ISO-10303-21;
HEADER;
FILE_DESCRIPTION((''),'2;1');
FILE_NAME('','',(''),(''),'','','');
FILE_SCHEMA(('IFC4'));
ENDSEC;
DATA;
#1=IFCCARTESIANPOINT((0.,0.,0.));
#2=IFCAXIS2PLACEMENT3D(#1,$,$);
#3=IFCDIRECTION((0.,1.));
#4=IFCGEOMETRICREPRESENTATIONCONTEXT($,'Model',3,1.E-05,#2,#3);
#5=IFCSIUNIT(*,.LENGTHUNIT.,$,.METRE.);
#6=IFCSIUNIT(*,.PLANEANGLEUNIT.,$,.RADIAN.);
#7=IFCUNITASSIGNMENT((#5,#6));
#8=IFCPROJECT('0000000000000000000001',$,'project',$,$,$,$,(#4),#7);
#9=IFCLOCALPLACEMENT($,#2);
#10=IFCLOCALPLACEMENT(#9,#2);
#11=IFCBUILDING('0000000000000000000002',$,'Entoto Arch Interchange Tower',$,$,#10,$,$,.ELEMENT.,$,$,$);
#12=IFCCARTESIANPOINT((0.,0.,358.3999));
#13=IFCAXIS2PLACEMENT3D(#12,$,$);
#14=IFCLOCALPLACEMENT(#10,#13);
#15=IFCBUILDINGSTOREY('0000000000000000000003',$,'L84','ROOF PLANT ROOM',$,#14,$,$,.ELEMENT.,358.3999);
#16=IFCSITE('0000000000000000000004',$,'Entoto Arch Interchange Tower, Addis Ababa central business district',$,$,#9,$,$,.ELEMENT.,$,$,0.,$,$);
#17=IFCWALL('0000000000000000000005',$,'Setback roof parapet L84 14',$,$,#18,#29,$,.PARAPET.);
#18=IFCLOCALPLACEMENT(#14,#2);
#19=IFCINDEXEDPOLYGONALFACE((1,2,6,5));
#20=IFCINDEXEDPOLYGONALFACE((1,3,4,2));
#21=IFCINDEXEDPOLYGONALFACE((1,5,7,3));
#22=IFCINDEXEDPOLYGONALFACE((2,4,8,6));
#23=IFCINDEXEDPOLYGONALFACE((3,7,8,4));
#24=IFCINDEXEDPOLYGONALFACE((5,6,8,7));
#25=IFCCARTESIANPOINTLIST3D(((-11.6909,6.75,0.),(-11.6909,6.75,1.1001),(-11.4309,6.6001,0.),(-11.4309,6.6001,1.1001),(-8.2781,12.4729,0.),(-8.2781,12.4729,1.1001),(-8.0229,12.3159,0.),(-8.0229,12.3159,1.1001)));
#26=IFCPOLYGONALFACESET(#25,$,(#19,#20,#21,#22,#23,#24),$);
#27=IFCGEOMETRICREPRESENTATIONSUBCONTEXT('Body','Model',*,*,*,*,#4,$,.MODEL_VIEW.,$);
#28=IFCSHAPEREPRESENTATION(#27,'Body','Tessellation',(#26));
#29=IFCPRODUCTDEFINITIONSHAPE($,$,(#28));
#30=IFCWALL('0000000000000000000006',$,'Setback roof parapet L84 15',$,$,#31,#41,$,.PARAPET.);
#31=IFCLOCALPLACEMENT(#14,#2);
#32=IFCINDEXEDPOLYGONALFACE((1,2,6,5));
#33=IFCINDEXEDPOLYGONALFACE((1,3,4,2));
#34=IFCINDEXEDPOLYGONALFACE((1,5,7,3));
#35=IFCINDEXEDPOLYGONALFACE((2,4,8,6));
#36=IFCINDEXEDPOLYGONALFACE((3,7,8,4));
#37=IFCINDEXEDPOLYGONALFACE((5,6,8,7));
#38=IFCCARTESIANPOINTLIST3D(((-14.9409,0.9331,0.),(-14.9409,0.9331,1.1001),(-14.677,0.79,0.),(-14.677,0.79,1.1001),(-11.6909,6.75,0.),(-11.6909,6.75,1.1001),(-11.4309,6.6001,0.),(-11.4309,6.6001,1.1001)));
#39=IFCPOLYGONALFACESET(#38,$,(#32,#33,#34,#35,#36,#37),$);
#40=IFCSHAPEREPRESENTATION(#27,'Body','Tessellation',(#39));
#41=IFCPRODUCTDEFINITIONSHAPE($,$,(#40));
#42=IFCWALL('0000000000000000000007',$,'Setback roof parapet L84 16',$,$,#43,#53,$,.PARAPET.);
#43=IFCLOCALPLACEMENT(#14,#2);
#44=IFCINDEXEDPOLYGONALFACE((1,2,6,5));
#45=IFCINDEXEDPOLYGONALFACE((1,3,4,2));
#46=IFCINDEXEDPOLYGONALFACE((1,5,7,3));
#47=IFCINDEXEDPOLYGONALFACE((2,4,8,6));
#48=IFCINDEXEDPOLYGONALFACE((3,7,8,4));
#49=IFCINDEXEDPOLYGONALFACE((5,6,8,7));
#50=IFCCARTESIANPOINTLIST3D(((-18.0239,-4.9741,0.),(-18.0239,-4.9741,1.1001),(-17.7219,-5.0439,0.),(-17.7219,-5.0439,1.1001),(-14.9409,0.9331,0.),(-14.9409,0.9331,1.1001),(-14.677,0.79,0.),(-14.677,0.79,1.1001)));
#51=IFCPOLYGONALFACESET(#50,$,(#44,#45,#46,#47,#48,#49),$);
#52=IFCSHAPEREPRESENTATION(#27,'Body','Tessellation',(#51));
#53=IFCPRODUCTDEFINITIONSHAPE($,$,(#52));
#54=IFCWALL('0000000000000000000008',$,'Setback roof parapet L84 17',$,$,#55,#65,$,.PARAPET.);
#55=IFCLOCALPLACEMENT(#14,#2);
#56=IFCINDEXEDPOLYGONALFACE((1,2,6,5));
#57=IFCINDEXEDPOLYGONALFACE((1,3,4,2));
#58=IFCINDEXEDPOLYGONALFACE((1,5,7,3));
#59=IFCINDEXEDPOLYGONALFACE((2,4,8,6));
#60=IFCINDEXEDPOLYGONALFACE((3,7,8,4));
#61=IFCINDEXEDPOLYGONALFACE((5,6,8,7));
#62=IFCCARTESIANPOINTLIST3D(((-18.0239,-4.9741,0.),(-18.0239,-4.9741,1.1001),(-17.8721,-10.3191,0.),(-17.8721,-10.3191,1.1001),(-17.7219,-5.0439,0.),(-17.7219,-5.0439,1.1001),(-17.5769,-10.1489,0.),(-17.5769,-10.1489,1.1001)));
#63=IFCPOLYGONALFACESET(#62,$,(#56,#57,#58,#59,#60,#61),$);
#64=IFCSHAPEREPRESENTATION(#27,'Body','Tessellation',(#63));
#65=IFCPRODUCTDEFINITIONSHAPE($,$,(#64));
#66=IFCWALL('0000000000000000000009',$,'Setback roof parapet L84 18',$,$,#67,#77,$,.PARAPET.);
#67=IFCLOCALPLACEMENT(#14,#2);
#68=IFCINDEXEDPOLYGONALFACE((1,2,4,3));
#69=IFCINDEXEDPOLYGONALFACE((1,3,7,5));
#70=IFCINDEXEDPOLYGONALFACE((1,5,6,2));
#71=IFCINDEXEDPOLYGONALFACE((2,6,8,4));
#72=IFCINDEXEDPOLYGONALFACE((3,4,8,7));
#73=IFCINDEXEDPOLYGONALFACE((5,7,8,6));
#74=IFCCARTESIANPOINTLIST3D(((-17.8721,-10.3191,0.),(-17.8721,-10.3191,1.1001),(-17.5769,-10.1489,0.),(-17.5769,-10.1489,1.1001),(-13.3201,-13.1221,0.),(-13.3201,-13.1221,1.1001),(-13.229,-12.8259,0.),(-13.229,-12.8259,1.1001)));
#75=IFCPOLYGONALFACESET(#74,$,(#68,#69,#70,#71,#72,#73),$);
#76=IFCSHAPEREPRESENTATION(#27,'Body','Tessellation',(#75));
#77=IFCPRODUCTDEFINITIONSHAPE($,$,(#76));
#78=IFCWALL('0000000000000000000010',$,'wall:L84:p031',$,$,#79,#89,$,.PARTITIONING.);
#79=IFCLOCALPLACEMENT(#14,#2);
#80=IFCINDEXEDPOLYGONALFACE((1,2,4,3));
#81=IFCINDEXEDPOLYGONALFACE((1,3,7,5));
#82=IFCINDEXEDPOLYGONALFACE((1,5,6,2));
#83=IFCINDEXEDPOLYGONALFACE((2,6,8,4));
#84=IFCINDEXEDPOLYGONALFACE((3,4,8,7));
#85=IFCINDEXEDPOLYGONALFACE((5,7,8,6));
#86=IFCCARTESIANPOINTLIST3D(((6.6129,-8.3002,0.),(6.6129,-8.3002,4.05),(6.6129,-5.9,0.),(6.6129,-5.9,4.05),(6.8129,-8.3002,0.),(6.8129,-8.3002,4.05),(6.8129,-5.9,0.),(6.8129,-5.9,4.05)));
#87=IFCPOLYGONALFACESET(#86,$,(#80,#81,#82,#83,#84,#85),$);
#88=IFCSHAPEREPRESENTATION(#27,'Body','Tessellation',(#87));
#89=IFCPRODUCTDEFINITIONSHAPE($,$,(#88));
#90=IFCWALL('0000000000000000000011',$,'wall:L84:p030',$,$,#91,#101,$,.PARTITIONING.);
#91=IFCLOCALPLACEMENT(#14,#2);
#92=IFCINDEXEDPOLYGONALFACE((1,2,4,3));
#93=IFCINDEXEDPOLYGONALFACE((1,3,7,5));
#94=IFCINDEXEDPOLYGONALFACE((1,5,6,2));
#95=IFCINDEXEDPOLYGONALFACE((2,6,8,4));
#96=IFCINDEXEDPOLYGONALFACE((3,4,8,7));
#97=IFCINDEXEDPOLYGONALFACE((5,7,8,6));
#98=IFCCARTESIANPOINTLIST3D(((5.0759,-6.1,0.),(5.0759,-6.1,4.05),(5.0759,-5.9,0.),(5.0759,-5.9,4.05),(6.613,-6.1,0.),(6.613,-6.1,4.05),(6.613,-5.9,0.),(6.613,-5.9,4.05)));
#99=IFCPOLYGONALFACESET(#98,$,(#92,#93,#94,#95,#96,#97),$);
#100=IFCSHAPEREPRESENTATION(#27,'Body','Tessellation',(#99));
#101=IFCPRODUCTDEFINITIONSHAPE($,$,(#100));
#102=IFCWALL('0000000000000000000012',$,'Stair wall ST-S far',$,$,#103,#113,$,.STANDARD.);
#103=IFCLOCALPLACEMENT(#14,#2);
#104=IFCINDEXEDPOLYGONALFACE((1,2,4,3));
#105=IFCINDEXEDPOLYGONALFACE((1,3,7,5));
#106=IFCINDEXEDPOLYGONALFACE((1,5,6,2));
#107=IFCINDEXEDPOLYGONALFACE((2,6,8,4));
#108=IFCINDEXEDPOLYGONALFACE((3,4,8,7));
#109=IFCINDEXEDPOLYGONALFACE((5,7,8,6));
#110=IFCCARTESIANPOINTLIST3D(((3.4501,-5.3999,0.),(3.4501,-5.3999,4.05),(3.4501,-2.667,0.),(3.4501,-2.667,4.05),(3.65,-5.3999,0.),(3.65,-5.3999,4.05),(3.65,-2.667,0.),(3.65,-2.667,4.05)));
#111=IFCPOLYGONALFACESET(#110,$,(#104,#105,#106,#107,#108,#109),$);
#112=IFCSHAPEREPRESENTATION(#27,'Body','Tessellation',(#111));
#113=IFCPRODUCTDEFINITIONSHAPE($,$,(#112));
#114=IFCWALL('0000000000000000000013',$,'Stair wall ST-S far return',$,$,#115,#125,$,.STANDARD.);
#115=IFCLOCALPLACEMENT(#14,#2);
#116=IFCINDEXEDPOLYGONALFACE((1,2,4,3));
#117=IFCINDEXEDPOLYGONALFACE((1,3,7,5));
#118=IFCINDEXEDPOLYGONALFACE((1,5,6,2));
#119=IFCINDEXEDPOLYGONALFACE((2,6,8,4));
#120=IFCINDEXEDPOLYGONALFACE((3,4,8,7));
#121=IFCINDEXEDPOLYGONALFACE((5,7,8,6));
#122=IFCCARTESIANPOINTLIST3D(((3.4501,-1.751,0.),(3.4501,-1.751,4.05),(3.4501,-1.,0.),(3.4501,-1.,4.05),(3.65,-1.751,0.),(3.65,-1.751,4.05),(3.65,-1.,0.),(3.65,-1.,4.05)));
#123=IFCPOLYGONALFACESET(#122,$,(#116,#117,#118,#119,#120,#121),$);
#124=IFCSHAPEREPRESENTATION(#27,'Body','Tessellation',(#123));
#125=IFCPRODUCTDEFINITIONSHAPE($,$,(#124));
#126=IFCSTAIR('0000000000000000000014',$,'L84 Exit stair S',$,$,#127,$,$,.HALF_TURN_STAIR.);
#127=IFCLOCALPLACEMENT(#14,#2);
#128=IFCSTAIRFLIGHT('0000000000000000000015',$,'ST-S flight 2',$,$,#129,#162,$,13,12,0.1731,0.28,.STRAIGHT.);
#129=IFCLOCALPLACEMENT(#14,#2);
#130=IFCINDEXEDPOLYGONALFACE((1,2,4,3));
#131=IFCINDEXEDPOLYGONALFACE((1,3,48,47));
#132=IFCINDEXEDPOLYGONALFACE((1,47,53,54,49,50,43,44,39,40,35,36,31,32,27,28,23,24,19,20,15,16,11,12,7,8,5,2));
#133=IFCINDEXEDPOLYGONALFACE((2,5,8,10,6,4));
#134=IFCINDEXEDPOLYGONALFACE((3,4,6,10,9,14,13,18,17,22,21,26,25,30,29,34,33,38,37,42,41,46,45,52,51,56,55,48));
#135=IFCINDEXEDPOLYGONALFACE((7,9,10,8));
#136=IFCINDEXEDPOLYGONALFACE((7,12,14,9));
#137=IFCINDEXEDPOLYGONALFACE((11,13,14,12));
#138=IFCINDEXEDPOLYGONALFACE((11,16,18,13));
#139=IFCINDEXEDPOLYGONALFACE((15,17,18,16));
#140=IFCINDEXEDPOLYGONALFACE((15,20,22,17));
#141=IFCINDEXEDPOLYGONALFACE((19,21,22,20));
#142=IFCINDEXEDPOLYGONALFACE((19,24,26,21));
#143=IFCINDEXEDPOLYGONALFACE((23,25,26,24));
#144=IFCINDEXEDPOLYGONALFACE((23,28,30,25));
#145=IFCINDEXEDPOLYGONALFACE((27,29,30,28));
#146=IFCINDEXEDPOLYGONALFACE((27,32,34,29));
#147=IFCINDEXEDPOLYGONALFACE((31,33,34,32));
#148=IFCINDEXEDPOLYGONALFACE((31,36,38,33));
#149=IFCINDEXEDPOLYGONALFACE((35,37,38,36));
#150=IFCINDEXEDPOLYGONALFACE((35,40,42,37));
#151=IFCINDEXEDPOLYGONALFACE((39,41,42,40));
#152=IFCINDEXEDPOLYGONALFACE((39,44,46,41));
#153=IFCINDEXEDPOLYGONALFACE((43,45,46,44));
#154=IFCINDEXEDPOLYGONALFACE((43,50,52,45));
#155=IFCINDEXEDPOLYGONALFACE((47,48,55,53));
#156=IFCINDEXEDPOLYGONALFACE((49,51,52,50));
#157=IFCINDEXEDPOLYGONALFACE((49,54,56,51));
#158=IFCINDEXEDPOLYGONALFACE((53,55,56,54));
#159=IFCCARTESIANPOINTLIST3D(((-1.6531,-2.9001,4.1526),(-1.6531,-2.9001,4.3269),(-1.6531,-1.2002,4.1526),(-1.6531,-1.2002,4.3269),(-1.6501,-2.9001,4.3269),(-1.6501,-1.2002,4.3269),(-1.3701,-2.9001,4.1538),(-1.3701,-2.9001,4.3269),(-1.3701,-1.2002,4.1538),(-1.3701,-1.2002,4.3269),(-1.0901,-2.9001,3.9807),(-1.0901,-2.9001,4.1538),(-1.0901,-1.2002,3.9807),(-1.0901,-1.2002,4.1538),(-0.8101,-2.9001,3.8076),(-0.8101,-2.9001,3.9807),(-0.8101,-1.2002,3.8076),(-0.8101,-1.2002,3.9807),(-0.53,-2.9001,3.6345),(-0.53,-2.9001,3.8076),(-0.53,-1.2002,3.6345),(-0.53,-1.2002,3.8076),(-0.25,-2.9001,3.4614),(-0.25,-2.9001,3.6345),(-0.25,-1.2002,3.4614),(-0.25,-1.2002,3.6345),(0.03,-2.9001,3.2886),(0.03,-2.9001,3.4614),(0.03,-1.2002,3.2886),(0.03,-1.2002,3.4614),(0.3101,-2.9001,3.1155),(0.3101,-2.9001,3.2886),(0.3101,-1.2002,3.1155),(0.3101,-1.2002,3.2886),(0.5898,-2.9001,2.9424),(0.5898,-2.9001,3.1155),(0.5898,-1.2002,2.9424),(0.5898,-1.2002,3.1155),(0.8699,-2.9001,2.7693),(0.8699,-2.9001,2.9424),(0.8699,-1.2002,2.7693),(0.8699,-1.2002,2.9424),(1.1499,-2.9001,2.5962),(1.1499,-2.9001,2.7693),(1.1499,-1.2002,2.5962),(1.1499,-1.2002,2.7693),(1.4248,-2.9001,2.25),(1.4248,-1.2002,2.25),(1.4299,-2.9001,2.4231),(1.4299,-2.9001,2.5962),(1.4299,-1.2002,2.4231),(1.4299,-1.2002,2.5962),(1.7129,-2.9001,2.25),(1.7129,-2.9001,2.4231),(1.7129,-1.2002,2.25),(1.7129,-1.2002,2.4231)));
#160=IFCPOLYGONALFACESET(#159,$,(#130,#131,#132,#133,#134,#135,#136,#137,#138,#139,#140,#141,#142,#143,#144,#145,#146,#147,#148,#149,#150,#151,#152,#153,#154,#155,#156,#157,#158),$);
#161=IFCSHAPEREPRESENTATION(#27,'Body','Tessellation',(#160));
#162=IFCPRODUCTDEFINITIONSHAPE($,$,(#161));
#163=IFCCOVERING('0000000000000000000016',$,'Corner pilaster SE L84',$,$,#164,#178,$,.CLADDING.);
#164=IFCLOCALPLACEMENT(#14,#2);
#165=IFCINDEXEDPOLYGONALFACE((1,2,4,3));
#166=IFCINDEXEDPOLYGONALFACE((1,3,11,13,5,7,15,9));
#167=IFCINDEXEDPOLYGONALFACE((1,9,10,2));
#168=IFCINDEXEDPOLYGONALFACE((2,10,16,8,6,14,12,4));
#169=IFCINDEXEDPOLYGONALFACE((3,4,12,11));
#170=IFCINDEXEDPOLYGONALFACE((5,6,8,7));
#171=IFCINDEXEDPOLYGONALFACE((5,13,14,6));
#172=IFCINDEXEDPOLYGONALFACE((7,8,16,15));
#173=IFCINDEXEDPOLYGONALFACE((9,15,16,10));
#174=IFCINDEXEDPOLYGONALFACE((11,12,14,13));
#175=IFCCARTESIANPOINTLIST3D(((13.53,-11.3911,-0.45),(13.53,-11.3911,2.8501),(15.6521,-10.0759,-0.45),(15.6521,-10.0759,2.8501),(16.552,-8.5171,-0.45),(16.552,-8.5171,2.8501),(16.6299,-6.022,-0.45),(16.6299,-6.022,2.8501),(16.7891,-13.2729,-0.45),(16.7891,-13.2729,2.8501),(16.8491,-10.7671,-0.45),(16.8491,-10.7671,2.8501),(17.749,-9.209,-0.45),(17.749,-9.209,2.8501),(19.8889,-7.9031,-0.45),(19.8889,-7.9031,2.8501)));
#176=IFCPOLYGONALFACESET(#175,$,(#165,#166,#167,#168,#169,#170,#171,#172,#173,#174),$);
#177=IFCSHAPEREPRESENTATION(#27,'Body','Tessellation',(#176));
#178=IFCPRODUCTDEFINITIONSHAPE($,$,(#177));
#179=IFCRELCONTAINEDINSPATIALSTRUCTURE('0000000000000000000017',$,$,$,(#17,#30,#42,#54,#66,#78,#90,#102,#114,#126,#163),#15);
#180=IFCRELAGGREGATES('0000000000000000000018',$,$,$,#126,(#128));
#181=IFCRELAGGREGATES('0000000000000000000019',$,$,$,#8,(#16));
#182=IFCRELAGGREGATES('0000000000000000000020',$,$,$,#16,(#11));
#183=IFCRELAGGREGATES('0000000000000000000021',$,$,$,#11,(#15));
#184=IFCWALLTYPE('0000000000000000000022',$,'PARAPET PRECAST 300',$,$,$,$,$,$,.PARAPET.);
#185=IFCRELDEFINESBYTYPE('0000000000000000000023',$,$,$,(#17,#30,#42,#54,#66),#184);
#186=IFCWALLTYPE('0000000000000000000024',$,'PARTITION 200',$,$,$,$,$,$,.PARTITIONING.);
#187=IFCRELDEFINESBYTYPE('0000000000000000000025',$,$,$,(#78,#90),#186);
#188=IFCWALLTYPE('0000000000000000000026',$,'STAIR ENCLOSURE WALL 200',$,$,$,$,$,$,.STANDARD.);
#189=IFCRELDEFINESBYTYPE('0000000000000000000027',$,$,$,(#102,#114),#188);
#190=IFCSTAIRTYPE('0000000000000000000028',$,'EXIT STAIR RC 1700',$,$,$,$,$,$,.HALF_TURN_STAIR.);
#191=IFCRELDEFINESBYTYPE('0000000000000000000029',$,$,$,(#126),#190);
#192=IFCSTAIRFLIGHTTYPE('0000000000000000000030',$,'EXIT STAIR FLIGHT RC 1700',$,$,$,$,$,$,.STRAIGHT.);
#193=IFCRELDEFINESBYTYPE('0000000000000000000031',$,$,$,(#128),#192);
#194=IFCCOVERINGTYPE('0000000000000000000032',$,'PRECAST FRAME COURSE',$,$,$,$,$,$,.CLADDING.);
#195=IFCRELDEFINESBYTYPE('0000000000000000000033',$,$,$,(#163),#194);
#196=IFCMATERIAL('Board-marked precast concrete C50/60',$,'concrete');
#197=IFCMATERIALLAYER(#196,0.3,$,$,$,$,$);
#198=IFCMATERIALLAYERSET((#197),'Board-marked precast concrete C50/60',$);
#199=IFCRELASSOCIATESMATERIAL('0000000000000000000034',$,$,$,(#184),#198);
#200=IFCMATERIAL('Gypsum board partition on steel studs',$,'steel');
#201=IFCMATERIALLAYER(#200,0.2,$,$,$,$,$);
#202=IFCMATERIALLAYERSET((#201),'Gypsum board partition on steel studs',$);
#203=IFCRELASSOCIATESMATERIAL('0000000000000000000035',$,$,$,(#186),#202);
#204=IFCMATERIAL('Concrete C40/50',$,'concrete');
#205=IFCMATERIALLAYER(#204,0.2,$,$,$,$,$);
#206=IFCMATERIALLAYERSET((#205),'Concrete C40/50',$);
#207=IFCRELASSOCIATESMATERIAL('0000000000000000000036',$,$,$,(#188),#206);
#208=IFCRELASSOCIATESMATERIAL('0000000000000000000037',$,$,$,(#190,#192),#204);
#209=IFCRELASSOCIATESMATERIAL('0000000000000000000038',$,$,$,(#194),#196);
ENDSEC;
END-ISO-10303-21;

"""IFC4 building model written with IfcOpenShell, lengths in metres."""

from ifc_helpers import new_model, si_unit, direction, frame, frame_2d, origin, place, context, subcontext, project, spatial, polyline, rectangle, outline, extrude, material, layer, layer_set, type_object, element, aggregate, save


model = new_model("IFC4")

# Units and contexts
model_context = context("Model", 3, precision=1e-05, world=origin(), true_north=direction((0.0, 1.0)))
body_context = subcontext(model_context, "Body", "Model", "MODEL_VIEW")
ifc_project = project(units=[si_unit("LENGTHUNIT", "METRE"), si_unit("PLANEANGLEUNIT", "RADIAN")], contexts=[model_context])

# Site, building, storey
site_placement = place(None, origin())
site = spatial("IfcSite", under=ifc_project, at=site_placement, Name="Entoto Arch Interchange Tower, Addis Ababa central business district", CompositionType="ELEMENT", RefElevation=0.0)
building_placement = place(site_placement, origin())
building = spatial("IfcBuilding", under=site, at=building_placement, Name="Entoto Arch Interchange Tower", CompositionType="ELEMENT")
storey_placement = place(building_placement, frame((0.0, 0.0, 358.3999)))
storey = spatial("IfcBuildingStorey", under=building, at=storey_placement, Name="L84", Description="ROOF PLANT ROOM", CompositionType="ELEMENT", Elevation=358.3999)

# Shared definitions
ifc_material_1 = material(Name="Board-marked precast concrete C50/60", Category="concrete")

# Shared definitions
ifc_material_2 = material(Name="Concrete C40/50", Category="concrete")

# Walls
ifc_layer_1 = layer(ifc_material_1, 0.3)
ifc_layer_set_1 = layer_set([ifc_layer_1], Name="Board-marked precast concrete C50/60")
wall_type_1 = type_object("IfcWallType", Name="PARAPET PRECAST 300", PredefinedType="PARAPET", material=ifc_layer_set_1)
wall_1_placement = place(storey_placement, origin())
element("IfcWall", 1, at=wall_1_placement, inside=storey, type_object=wall_type_1, Name="Setback roof parapet L84 14", PredefinedType="PARAPET", context=body_context, shape_type="SweptSolid", body=[
    extrude(outline(polyline([(-8.2781, 12.4729), (-11.6909, 6.75), (-11.4309, 6.6001), (-8.0229, 12.3159), (-8.2781, 12.4729)])), origin(), (0.0, 0.0, 1.0), 1.1001),
])
wall_2_placement = place(storey_placement, origin())
element("IfcWall", 2, at=wall_2_placement, inside=storey, type_object=wall_type_1, Name="Setback roof parapet L84 15", PredefinedType="PARAPET", context=body_context, shape_type="SweptSolid", body=[
    extrude(outline(polyline([(-11.6909, 6.75), (-14.9409, 0.9331), (-14.677, 0.79), (-11.4309, 6.6001), (-11.6909, 6.75)])), origin(), (0.0, 0.0, 1.0), 1.1001),
])
wall_3_placement = place(storey_placement, origin())
element("IfcWall", 3, at=wall_3_placement, inside=storey, type_object=wall_type_1, Name="Setback roof parapet L84 16", PredefinedType="PARAPET", context=body_context, shape_type="SweptSolid", body=[
    extrude(outline(polyline([(-14.9409, 0.9331), (-18.0239, -4.9741), (-17.7219, -5.0439), (-14.677, 0.79), (-14.9409, 0.9331)])), origin(), (0.0, 0.0, 1.0), 1.1001),
])
wall_4_placement = place(storey_placement, origin())
element("IfcWall", 4, at=wall_4_placement, inside=storey, type_object=wall_type_1, Name="Setback roof parapet L84 17", PredefinedType="PARAPET", context=body_context, shape_type="SweptSolid", body=[
    extrude(outline(polyline([(-18.0239, -4.9741), (-17.8721, -10.3191), (-17.5769, -10.1489), (-17.7219, -5.0439), (-18.0239, -4.9741)])), origin(), (0.0, 0.0, 1.0), 1.1001),
])
wall_5_placement = place(storey_placement, origin())
element("IfcWall", 5, at=wall_5_placement, inside=storey, type_object=wall_type_1, Name="Setback roof parapet L84 18", PredefinedType="PARAPET", context=body_context, shape_type="SweptSolid", body=[
    extrude(outline(polyline([(-17.8721, -10.3191), (-13.3201, -13.1221), (-13.229, -12.8259), (-17.5769, -10.1489), (-17.8721, -10.3191)])), origin(), (0.0, 0.0, 1.0), 1.1001),
])
ifc_material_3 = material(Name="Gypsum board partition on steel studs", Category="steel")
ifc_layer_2 = layer(ifc_material_3, 0.2)
ifc_layer_set_2 = layer_set([ifc_layer_2], Name="Gypsum board partition on steel studs")
wall_type_2 = type_object("IfcWallType", Name="PARTITION 200", PredefinedType="PARTITIONING", material=ifc_layer_set_2)
wall_6_placement = place(storey_placement, frame((6.7129, -5.8999, 0.0), z_axis=(0.0, 0.0, 1.0), x_axis=(0.0, -1.0, 0.0)))
element("IfcWall", 6, at=wall_6_placement, inside=storey, type_object=wall_type_2, Name="wall:L84:p031", PredefinedType="PARTITIONING", context=body_context, shape_type="SweptSolid", body=[
    extrude(rectangle(XDim=2.4001, YDim=0.2, at=frame_2d((1.2002, 0.0))), origin(), (0.0, 0.0, 1.0), 4.05),
])
wall_7_placement = place(storey_placement, frame((5.0759, -6.0, 0.0), z_axis=(0.0, 0.0, 1.0), x_axis=(1.0, 0.0, 0.0)))
element("IfcWall", 7, at=wall_7_placement, inside=storey, type_object=wall_type_2, Name="wall:L84:p030", PredefinedType="PARTITIONING", context=body_context, shape_type="SweptSolid", body=[
    extrude(rectangle(XDim=1.5371, YDim=0.2, at=frame_2d((0.7686, 0.0))), origin(), (0.0, 0.0, 1.0), 4.05),
])
ifc_layer_3 = layer(ifc_material_2, 0.2)
ifc_layer_set_3 = layer_set([ifc_layer_3], Name="Concrete C40/50")
wall_type_3 = type_object("IfcWallType", Name="STAIR ENCLOSURE WALL 200", PredefinedType="STANDARD", material=ifc_layer_set_3)
wall_8_placement = place(storey_placement, frame((3.55, -2.667, 0.0), z_axis=(0.0, 0.0, 1.0), x_axis=(0.0, -1.0, 0.0)))
element("IfcWall", 8, at=wall_8_placement, inside=storey, type_object=wall_type_3, Name="Stair wall ST-S far", PredefinedType="STANDARD", context=body_context, shape_type="SweptSolid", body=[
    extrude(rectangle(XDim=2.7329, YDim=0.2, at=frame_2d((1.3665, 0.0))), origin(), (0.0, 0.0, 1.0), 4.05),
])
wall_9_placement = place(storey_placement, frame((3.55, -1.0, 0.0), z_axis=(0.0, 0.0, 1.0), x_axis=(0.0, -1.0, 0.0)))
element("IfcWall", 9, at=wall_9_placement, inside=storey, type_object=wall_type_3, Name="Stair wall ST-S far return", PredefinedType="STANDARD", context=body_context, shape_type="SweptSolid", body=[
    extrude(rectangle(XDim=0.751, YDim=0.2, at=frame_2d((0.3755, 0.0))), origin(), (0.0, 0.0, 1.0), 4.05),
])

# Stair, stair flight
stair_type = type_object("IfcStairType", Name="EXIT STAIR RC 1700", PredefinedType="HALF_TURN_STAIR", material=ifc_material_2)
stair_placement = place(storey_placement, origin())
stair = element("IfcStair", 10, at=stair_placement, inside=storey, type_object=stair_type, Name="L84 Exit stair S", PredefinedType="HALF_TURN_STAIR")
stair_flight_type = type_object("IfcStairFlightType", Name="EXIT STAIR FLIGHT RC 1700", PredefinedType="STRAIGHT", material=ifc_material_2)
stair_flight_placement = place(storey_placement, frame((1.71, -2.05, 2.25), z_axis=(0.0, 0.0, 1.0), x_axis=(-1.0, 0.0, 0.0)))
stair_flight = element("IfcStairFlight", 11, at=stair_flight_placement, type_object=stair_flight_type, Name="ST-S flight 2", NumberOfRisers=13, NumberOfTreads=12, PredefinedType="STRAIGHT", RiserHeight=0.1731, TreadLength=0.28, context=body_context, shape_type="SweptSolid", body=[
    extrude(outline(polyline([(-0.0029, 0.0), (-0.0029, 0.1731), (0.28, 0.1731), (0.28, 0.3462), (0.5601, 0.3462), (0.5601, 0.5193), (0.8401, 0.5193), (0.8401, 0.6924), (1.1201, 0.6924), (1.1201, 0.8655), (1.3999, 0.8655), (1.3999, 1.0386), (1.6799, 1.0386), (1.6799, 1.2114), (1.96, 1.2114), (1.96, 1.3845), (2.24, 1.3845), (2.24, 1.5576), (2.52, 1.5576), (2.52, 1.7307), (2.8, 1.7307), (2.8, 1.9038), (3.0801, 1.9038), (3.0801, 2.0769), (3.3601, 2.0769), (3.363, 2.0769), (3.363, 1.9026), (0.2852, 0.0), (-0.0029, 0.0)])), frame((0.0, 0.8501, 0.0), z_axis=(0.0, -1.0, 0.0), x_axis=(1.0, 0.0, 0.0)), (0.0, 0.0, 1.0), 1.7),
])
aggregate(stair, [stair_flight])

# Covering
covering_type = type_object("IfcCoveringType", Name="PRECAST FRAME COURSE", PredefinedType="CLADDING", material=ifc_material_1)
covering_1_placement = place(storey_placement, frame((0.0, 0.0, -0.45)))
element("IfcCovering", 12, at=covering_1_placement, inside=storey, type_object=covering_type, Name="Corner pilaster SE L84", PredefinedType="CLADDING", context=body_context, shape_type="SweptSolid", body=[
    extrude(outline(polyline([(19.8889, -7.9031), (16.7891, -13.2729), (13.53, -11.3911), (15.6521, -10.0759), (16.8491, -10.7671), (17.749, -9.209), (16.552, -8.5171), (16.6299, -6.022), (19.8889, -7.9031)])), origin(), (0.0, 0.0, 1.0), 3.3),
])

save(model, "model.ifc")
